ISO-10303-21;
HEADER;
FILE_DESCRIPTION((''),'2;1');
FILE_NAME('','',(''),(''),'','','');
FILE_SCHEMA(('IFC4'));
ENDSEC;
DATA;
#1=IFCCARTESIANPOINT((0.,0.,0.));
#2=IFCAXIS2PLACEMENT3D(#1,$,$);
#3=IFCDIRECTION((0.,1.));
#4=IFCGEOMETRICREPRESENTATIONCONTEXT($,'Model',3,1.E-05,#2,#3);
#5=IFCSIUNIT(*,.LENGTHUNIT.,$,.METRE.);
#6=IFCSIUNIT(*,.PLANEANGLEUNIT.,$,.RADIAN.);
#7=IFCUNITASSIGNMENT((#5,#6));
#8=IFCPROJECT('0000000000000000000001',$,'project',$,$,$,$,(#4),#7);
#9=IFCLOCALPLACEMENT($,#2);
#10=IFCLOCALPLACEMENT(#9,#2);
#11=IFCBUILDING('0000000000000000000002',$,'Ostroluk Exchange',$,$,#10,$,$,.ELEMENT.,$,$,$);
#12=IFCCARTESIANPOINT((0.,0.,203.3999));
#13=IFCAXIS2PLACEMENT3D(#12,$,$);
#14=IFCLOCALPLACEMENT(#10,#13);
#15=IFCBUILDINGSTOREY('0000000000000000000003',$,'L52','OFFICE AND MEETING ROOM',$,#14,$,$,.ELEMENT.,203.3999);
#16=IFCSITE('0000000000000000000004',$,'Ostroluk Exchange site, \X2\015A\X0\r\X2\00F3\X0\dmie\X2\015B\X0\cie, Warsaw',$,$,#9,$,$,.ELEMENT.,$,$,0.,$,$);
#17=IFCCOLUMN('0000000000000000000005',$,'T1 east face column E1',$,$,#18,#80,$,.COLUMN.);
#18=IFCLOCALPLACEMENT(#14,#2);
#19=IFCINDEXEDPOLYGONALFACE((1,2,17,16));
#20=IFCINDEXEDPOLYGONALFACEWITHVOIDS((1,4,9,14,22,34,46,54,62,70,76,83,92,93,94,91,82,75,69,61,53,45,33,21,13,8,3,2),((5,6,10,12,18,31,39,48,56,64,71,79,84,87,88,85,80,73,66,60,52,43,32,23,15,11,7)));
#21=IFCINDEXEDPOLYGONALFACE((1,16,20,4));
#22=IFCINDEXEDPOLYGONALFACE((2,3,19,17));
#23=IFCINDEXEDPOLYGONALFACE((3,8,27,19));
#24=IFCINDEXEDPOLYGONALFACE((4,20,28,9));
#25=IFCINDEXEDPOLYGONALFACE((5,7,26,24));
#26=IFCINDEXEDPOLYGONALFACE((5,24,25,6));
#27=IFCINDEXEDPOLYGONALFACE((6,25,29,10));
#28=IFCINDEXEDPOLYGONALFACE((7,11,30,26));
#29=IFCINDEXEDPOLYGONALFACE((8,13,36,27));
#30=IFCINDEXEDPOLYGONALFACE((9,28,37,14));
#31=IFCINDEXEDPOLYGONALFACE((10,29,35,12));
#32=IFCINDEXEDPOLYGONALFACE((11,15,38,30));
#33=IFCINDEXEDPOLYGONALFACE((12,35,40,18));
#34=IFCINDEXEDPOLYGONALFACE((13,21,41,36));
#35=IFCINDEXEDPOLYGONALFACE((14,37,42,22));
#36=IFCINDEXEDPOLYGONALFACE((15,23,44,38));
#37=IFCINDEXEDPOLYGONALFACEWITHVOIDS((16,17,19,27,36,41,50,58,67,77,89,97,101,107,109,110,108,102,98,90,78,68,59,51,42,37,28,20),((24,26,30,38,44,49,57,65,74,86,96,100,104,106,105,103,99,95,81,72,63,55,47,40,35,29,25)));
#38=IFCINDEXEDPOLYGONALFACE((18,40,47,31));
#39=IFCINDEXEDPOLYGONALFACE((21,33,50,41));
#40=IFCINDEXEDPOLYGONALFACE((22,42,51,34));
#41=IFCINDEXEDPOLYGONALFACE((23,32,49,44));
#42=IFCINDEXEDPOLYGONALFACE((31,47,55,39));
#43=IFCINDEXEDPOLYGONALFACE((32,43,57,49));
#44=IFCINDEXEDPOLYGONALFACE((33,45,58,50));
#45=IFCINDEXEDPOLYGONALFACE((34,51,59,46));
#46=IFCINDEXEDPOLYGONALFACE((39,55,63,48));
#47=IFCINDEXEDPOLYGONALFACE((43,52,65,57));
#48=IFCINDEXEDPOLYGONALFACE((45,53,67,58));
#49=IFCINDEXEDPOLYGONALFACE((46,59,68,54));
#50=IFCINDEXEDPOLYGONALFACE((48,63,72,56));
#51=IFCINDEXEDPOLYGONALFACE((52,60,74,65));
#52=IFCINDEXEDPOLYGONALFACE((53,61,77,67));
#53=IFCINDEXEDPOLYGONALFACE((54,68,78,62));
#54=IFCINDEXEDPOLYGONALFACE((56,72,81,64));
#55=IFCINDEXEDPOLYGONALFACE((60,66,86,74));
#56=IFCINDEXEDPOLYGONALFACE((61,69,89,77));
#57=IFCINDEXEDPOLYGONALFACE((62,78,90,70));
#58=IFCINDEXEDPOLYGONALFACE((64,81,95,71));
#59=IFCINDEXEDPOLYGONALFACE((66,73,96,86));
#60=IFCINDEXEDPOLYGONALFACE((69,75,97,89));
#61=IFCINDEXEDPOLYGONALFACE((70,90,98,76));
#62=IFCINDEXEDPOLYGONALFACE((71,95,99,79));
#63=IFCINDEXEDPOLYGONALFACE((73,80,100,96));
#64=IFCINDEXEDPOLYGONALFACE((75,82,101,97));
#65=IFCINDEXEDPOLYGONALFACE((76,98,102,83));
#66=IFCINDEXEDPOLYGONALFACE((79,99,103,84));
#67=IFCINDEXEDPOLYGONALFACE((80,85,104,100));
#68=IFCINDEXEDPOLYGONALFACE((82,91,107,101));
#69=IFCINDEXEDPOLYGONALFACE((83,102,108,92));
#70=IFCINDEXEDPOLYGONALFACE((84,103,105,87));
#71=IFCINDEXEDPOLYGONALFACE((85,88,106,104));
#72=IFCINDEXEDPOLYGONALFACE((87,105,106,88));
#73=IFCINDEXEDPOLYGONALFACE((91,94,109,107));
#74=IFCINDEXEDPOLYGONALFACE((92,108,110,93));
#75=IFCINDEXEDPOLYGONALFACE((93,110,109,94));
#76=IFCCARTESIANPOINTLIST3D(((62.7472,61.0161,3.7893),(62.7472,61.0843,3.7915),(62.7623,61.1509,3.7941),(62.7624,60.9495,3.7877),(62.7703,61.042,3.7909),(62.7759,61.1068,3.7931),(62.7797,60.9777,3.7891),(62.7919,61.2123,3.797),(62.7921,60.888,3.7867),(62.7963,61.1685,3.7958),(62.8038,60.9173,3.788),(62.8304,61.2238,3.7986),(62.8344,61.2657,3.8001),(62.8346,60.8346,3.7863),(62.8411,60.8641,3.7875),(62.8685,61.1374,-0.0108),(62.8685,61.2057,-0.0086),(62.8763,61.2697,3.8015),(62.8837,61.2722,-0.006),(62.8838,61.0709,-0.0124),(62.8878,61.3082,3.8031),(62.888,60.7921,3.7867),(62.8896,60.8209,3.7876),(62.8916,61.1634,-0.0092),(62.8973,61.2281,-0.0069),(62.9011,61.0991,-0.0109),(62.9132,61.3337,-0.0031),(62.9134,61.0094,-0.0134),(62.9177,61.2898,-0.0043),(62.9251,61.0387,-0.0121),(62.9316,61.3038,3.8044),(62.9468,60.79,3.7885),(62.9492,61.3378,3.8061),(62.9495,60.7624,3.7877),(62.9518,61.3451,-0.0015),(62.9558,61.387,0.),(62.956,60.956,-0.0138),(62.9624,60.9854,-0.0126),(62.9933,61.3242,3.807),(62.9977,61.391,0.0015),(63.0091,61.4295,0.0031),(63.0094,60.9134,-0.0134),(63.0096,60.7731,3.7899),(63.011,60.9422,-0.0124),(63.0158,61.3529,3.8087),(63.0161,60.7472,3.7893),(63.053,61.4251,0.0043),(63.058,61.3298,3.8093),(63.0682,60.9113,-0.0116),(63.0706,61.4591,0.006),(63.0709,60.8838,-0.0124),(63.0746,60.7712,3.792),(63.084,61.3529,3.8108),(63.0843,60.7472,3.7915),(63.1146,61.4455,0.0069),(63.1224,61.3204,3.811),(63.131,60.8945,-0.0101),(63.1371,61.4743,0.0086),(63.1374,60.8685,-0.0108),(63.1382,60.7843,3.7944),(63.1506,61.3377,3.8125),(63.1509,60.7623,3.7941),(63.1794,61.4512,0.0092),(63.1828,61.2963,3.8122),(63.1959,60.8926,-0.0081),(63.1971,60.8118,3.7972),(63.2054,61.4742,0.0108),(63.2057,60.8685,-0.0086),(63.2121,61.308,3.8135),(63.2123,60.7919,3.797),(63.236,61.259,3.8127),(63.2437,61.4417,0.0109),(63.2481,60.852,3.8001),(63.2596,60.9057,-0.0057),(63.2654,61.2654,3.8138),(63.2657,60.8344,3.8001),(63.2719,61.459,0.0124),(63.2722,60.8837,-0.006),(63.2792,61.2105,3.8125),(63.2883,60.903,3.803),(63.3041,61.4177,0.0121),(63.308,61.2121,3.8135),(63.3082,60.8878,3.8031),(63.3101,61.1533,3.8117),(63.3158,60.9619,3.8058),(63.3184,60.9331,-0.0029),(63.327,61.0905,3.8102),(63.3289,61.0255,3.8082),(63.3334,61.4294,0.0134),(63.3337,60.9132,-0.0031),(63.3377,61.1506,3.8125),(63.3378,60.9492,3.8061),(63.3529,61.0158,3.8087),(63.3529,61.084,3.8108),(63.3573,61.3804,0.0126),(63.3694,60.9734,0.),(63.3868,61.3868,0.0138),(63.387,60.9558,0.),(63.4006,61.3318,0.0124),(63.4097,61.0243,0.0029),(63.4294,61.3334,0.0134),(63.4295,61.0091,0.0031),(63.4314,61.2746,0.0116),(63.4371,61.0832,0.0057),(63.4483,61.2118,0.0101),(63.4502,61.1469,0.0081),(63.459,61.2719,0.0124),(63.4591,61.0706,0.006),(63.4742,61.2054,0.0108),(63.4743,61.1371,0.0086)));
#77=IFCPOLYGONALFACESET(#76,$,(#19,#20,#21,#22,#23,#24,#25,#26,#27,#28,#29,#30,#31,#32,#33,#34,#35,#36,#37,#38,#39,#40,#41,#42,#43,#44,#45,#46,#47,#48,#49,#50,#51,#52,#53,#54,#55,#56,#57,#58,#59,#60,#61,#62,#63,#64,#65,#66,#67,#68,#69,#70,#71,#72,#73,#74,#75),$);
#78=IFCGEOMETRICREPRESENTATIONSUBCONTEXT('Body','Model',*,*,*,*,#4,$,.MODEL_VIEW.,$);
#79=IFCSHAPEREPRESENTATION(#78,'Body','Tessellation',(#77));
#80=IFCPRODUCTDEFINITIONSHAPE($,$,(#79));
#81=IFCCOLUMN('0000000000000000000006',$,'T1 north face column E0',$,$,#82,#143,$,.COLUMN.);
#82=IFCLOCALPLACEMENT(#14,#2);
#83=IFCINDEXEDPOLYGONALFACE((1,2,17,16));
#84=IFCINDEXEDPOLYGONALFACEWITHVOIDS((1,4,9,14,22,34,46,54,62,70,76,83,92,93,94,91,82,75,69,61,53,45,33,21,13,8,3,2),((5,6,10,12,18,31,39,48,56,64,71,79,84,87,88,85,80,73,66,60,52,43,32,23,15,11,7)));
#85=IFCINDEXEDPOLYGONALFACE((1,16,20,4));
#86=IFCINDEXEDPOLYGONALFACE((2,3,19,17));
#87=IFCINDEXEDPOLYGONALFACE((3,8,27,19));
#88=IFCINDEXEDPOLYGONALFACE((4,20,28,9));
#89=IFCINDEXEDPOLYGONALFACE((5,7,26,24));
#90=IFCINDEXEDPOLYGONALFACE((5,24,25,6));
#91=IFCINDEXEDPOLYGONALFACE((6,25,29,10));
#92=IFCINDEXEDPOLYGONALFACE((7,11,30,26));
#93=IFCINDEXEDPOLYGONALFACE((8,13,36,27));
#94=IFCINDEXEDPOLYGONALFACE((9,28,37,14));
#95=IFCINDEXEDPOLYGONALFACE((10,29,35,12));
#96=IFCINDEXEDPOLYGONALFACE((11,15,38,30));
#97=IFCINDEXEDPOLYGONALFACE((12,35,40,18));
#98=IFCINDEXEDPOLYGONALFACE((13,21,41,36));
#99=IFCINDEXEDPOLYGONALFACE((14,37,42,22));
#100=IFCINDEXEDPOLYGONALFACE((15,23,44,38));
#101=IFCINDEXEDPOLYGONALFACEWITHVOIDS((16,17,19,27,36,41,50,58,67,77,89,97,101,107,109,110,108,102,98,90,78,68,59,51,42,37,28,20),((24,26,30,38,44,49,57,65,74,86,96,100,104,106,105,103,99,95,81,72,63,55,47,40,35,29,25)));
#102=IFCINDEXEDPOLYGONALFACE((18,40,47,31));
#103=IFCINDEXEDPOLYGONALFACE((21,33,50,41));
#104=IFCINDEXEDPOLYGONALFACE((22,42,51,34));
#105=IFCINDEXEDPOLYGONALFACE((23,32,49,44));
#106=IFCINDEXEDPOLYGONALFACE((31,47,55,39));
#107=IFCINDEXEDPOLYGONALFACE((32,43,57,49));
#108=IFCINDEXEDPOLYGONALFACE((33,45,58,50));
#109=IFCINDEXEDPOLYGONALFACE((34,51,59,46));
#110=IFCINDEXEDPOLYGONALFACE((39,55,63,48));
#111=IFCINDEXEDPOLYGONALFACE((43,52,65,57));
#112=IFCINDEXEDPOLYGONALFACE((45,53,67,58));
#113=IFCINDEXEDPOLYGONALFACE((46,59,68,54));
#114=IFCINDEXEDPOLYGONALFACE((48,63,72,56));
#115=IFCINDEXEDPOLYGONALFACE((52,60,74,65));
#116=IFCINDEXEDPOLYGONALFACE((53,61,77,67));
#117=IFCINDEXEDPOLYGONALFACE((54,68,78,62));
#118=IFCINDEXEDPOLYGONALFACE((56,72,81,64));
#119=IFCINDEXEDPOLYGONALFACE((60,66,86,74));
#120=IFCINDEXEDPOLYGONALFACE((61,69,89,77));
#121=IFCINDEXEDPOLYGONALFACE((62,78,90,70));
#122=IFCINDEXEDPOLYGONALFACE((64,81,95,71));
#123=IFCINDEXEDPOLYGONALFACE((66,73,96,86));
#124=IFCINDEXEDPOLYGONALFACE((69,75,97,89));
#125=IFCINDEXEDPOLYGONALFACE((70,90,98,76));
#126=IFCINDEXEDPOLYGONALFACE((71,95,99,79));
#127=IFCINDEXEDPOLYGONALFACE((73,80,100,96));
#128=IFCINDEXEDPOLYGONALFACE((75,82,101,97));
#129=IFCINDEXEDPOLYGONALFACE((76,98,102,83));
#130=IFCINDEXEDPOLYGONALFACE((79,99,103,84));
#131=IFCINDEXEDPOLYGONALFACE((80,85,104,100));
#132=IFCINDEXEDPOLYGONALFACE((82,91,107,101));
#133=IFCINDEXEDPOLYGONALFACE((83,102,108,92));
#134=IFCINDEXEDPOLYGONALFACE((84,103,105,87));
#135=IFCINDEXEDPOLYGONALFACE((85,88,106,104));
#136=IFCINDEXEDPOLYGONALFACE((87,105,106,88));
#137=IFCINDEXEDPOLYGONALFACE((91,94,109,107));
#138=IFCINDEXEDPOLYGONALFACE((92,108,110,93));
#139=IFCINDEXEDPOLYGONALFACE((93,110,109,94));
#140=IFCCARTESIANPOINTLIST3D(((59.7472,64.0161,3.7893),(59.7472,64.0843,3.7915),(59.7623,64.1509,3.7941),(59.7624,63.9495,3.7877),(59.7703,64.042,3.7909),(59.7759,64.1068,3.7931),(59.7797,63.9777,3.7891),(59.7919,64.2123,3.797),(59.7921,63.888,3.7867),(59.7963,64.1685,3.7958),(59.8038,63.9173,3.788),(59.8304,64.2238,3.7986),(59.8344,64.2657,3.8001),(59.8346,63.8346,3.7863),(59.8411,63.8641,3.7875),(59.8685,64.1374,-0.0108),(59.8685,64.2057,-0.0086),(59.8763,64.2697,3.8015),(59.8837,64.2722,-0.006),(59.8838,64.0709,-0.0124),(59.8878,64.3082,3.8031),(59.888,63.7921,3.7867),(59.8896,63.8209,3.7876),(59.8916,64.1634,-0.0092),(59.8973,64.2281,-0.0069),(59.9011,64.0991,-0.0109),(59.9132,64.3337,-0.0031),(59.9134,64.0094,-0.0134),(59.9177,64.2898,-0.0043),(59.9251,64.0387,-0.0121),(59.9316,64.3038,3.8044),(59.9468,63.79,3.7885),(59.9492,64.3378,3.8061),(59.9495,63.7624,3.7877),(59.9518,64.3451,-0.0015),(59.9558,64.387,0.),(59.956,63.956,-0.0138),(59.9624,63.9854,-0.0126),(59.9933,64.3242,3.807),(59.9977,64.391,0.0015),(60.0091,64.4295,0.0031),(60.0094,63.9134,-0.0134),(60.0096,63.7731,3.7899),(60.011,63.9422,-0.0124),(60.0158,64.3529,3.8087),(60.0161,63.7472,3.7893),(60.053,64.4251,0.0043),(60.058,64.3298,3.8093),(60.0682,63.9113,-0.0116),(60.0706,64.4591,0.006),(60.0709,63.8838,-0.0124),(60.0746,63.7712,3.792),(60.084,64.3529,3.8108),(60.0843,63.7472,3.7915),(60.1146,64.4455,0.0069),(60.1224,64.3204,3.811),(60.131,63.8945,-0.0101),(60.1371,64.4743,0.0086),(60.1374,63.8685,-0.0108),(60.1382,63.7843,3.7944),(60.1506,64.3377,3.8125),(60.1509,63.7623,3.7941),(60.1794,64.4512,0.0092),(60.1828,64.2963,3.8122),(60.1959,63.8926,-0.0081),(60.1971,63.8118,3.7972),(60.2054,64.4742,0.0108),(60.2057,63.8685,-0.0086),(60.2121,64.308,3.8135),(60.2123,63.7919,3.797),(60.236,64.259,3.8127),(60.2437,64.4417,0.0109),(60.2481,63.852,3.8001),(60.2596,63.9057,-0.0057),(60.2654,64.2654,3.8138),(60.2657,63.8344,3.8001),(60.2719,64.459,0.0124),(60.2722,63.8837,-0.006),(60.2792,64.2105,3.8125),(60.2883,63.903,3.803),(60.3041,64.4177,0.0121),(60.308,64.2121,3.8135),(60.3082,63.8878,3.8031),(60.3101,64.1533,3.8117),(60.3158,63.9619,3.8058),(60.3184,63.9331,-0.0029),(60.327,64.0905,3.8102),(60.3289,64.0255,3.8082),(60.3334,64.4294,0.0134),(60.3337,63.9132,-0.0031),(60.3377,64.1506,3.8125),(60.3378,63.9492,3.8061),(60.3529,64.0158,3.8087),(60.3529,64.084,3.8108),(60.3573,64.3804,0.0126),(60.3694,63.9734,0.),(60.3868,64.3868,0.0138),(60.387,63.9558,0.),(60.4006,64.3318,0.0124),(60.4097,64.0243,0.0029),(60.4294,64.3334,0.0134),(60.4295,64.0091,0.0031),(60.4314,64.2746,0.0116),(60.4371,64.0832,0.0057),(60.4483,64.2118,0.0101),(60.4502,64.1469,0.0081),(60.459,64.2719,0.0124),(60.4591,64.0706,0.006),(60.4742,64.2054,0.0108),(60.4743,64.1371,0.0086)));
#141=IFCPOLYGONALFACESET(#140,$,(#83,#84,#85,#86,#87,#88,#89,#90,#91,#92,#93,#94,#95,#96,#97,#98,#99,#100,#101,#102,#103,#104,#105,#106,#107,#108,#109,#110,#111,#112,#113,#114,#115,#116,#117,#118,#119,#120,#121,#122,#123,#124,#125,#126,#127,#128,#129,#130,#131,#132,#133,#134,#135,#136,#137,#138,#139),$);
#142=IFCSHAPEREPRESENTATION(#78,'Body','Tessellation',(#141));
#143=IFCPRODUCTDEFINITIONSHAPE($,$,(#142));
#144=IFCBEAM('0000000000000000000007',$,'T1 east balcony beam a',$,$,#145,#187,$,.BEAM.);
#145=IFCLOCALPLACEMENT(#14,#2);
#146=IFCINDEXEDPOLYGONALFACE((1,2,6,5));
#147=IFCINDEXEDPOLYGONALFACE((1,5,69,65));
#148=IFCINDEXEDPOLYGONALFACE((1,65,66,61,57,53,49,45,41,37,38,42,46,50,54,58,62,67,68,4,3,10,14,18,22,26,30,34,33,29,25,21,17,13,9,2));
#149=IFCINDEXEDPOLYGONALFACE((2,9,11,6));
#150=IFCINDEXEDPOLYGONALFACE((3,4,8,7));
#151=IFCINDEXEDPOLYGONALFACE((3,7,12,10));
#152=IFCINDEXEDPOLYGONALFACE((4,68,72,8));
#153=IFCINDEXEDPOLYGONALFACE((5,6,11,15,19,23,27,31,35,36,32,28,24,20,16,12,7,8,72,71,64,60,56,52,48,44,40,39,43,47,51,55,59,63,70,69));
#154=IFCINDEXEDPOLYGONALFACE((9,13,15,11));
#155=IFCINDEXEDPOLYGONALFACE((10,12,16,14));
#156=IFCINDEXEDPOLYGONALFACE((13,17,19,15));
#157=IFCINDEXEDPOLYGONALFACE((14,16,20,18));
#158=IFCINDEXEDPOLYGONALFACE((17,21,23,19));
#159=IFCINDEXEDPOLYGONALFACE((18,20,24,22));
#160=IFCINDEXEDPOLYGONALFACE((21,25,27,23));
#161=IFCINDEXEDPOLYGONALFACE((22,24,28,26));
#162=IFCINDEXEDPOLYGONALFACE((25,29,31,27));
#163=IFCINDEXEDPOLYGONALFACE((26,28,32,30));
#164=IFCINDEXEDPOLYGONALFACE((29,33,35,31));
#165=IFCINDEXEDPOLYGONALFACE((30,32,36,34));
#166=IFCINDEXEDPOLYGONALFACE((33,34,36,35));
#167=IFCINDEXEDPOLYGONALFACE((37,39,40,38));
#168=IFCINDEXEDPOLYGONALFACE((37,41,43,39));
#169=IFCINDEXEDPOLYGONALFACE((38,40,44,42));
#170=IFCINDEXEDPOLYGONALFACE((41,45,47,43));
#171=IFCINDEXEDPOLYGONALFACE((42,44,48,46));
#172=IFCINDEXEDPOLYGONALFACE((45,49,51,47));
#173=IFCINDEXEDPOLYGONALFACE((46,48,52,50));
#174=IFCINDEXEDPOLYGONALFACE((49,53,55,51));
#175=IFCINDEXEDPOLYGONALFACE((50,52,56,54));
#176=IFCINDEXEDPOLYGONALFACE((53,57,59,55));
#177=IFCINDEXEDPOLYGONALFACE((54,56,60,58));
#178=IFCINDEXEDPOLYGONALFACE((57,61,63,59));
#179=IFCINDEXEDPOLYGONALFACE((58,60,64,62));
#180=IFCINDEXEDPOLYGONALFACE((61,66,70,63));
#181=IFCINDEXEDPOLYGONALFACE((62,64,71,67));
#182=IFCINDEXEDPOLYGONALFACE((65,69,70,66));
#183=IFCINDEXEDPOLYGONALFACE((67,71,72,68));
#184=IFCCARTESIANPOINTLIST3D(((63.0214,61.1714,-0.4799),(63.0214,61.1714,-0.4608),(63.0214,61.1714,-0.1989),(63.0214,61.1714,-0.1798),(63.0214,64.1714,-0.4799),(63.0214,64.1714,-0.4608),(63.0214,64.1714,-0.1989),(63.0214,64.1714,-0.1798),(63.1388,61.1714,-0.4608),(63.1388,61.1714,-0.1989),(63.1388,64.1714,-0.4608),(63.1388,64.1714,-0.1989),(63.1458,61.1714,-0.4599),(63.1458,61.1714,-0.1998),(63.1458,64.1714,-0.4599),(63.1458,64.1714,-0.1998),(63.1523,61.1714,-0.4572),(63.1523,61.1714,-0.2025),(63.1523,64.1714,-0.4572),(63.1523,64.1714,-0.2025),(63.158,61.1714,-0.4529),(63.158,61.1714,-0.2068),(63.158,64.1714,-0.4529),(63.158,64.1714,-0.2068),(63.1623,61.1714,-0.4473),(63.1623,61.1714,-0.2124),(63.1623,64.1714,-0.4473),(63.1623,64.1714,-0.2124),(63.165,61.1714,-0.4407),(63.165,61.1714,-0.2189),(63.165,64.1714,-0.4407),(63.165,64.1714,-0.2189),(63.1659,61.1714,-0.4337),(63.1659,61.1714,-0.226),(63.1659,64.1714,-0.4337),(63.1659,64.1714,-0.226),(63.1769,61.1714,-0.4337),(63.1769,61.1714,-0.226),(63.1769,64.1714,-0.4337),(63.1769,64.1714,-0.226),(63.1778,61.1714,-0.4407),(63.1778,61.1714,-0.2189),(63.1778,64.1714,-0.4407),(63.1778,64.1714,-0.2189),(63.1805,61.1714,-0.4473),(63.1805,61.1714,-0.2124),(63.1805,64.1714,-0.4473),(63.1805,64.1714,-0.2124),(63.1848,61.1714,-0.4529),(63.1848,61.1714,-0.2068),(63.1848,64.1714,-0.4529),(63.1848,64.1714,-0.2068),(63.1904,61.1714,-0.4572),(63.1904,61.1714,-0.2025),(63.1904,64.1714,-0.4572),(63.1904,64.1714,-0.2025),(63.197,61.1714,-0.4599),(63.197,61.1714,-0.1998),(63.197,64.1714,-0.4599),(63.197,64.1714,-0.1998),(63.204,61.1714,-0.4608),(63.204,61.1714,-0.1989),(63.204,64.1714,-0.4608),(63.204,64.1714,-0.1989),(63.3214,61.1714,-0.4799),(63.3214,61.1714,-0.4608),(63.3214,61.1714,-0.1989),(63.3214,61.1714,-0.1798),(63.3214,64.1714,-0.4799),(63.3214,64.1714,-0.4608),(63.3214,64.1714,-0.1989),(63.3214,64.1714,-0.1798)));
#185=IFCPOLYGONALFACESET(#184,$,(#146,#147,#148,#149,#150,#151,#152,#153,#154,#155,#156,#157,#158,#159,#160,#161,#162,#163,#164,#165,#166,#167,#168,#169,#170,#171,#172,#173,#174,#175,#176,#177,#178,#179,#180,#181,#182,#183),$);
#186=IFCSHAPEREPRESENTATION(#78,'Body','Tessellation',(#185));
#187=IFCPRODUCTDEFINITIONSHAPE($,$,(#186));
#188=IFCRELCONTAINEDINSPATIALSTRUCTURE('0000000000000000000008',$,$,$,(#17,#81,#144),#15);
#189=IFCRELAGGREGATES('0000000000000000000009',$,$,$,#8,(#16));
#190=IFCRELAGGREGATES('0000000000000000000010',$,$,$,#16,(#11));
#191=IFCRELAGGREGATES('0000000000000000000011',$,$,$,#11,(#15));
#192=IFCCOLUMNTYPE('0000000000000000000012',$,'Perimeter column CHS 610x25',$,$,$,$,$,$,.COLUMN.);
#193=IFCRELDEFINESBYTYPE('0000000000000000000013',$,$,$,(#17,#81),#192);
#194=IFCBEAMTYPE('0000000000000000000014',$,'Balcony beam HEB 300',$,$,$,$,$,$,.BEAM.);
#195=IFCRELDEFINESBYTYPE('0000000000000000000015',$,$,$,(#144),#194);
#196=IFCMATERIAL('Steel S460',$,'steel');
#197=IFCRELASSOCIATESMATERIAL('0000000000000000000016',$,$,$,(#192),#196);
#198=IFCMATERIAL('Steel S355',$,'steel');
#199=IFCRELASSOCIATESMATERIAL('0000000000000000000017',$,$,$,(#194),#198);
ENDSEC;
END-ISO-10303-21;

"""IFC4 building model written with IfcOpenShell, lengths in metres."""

from ifc_helpers import new_model, si_unit, direction, frame, origin, origin_2d, place, context, subcontext, project, spatial, hollow_circle, i_section, extrude, material, material_profile, profile_set, type_object, element, save


model = new_model("IFC4")

# Units and contexts
model_context = context("Model", 3, precision=1e-05, world=origin(), true_north=direction((0.0, 1.0)))
body_context = subcontext(model_context, "Body", "Model", "MODEL_VIEW")
ifc_project = project(units=[si_unit("LENGTHUNIT", "METRE"), si_unit("PLANEANGLEUNIT", "RADIAN")], contexts=[model_context])

# Site, building, storey
site_placement = place(None, origin())
site = spatial("IfcSite", under=ifc_project, at=site_placement, Name="Ostroluk Exchange site, Śródmieście, Warsaw", CompositionType="ELEMENT", RefElevation=0.0)
building_placement = place(site_placement, origin())
building = spatial("IfcBuilding", under=site, at=building_placement, Name="Ostroluk Exchange", CompositionType="ELEMENT")
storey_placement = place(building_placement, frame((0.0, 0.0, 203.3999)))
storey = spatial("IfcBuildingStorey", under=building, at=storey_placement, Name="L52", Description="OFFICE AND MEETING ROOM", CompositionType="ELEMENT", Elevation=203.3999)

# Columns
ifc_material_1 = material(Name="Steel S460", Category="steel")
ifc_material_profile_1 = material_profile(ifc_material_1, hollow_circle(Radius=0.3049, WallThickness=0.0249, at=origin_2d()), Name="CHS 610x25")
ifc_profile_set_1 = profile_set([ifc_material_profile_1], Name="Steel S460")
column_type = type_object("IfcColumnType", Name="Perimeter column CHS 610x25", PredefinedType="COLUMN", material=ifc_profile_set_1)
for number, where, z_axis, x_axis, name in (
    (1, (63.1714, 61.1714, 0.0), (-0.031898, -0.031898, 0.998982), (0.707107, -0.707107, 0.0), "T1 east face column E1"),
    (2, (60.1714, 64.1714, 0.0), (-0.031898, -0.031898, 0.998982), (0.707107, -0.707107, 0.0), "T1 north face column E0"),
):
    element("IfcColumn", number, at=place(storey_placement, frame(where, z_axis=z_axis, x_axis=x_axis)), inside=storey, type_object=column_type, Name=name, PredefinedType="COLUMN", context=body_context, shape_type="SweptSolid", body=[
        extrude(hollow_circle(Radius=0.3049, WallThickness=0.0249, at=origin_2d()), origin(), (0.0, 0.0, 1.0), 3.804),
    ])

# Beam
ifc_material_2 = material(Name="Steel S355", Category="steel")
ifc_material_profile_2 = material_profile(ifc_material_2, i_section(OverallWidth=0.3, OverallDepth=0.3, WebThickness=0.011, FlangeThickness=0.019, FilletRadius=0.0271, at=origin_2d()), Name="HEB 300")
ifc_profile_set_2 = profile_set([ifc_material_profile_2], Name="Steel S355")
beam_type_1 = type_object("IfcBeamType", Name="Balcony beam HEB 300", PredefinedType="BEAM", material=ifc_profile_set_2)
for number, where, z_axis, x_axis, name in (
    (3, (63.1714, 61.1714, -0.3298), (0.0, 1.0, 0.0), (-1.0, 0.0, 0.0), "T1 east balcony beam a"),
):
    element("IfcBeam", number, at=place(storey_placement, frame(where, z_axis=z_axis, x_axis=x_axis)), inside=storey, type_object=beam_type_1, Name=name, PredefinedType="BEAM", context=body_context, shape_type="SweptSolid", body=[
        extrude(i_section(OverallWidth=0.3, OverallDepth=0.3, WebThickness=0.011, FlangeThickness=0.019, FilletRadius=0.0271, at=origin_2d()), origin(), (0.0, 0.0, 1.0), 3.0),
    ])

save(model, "model.ifc")
